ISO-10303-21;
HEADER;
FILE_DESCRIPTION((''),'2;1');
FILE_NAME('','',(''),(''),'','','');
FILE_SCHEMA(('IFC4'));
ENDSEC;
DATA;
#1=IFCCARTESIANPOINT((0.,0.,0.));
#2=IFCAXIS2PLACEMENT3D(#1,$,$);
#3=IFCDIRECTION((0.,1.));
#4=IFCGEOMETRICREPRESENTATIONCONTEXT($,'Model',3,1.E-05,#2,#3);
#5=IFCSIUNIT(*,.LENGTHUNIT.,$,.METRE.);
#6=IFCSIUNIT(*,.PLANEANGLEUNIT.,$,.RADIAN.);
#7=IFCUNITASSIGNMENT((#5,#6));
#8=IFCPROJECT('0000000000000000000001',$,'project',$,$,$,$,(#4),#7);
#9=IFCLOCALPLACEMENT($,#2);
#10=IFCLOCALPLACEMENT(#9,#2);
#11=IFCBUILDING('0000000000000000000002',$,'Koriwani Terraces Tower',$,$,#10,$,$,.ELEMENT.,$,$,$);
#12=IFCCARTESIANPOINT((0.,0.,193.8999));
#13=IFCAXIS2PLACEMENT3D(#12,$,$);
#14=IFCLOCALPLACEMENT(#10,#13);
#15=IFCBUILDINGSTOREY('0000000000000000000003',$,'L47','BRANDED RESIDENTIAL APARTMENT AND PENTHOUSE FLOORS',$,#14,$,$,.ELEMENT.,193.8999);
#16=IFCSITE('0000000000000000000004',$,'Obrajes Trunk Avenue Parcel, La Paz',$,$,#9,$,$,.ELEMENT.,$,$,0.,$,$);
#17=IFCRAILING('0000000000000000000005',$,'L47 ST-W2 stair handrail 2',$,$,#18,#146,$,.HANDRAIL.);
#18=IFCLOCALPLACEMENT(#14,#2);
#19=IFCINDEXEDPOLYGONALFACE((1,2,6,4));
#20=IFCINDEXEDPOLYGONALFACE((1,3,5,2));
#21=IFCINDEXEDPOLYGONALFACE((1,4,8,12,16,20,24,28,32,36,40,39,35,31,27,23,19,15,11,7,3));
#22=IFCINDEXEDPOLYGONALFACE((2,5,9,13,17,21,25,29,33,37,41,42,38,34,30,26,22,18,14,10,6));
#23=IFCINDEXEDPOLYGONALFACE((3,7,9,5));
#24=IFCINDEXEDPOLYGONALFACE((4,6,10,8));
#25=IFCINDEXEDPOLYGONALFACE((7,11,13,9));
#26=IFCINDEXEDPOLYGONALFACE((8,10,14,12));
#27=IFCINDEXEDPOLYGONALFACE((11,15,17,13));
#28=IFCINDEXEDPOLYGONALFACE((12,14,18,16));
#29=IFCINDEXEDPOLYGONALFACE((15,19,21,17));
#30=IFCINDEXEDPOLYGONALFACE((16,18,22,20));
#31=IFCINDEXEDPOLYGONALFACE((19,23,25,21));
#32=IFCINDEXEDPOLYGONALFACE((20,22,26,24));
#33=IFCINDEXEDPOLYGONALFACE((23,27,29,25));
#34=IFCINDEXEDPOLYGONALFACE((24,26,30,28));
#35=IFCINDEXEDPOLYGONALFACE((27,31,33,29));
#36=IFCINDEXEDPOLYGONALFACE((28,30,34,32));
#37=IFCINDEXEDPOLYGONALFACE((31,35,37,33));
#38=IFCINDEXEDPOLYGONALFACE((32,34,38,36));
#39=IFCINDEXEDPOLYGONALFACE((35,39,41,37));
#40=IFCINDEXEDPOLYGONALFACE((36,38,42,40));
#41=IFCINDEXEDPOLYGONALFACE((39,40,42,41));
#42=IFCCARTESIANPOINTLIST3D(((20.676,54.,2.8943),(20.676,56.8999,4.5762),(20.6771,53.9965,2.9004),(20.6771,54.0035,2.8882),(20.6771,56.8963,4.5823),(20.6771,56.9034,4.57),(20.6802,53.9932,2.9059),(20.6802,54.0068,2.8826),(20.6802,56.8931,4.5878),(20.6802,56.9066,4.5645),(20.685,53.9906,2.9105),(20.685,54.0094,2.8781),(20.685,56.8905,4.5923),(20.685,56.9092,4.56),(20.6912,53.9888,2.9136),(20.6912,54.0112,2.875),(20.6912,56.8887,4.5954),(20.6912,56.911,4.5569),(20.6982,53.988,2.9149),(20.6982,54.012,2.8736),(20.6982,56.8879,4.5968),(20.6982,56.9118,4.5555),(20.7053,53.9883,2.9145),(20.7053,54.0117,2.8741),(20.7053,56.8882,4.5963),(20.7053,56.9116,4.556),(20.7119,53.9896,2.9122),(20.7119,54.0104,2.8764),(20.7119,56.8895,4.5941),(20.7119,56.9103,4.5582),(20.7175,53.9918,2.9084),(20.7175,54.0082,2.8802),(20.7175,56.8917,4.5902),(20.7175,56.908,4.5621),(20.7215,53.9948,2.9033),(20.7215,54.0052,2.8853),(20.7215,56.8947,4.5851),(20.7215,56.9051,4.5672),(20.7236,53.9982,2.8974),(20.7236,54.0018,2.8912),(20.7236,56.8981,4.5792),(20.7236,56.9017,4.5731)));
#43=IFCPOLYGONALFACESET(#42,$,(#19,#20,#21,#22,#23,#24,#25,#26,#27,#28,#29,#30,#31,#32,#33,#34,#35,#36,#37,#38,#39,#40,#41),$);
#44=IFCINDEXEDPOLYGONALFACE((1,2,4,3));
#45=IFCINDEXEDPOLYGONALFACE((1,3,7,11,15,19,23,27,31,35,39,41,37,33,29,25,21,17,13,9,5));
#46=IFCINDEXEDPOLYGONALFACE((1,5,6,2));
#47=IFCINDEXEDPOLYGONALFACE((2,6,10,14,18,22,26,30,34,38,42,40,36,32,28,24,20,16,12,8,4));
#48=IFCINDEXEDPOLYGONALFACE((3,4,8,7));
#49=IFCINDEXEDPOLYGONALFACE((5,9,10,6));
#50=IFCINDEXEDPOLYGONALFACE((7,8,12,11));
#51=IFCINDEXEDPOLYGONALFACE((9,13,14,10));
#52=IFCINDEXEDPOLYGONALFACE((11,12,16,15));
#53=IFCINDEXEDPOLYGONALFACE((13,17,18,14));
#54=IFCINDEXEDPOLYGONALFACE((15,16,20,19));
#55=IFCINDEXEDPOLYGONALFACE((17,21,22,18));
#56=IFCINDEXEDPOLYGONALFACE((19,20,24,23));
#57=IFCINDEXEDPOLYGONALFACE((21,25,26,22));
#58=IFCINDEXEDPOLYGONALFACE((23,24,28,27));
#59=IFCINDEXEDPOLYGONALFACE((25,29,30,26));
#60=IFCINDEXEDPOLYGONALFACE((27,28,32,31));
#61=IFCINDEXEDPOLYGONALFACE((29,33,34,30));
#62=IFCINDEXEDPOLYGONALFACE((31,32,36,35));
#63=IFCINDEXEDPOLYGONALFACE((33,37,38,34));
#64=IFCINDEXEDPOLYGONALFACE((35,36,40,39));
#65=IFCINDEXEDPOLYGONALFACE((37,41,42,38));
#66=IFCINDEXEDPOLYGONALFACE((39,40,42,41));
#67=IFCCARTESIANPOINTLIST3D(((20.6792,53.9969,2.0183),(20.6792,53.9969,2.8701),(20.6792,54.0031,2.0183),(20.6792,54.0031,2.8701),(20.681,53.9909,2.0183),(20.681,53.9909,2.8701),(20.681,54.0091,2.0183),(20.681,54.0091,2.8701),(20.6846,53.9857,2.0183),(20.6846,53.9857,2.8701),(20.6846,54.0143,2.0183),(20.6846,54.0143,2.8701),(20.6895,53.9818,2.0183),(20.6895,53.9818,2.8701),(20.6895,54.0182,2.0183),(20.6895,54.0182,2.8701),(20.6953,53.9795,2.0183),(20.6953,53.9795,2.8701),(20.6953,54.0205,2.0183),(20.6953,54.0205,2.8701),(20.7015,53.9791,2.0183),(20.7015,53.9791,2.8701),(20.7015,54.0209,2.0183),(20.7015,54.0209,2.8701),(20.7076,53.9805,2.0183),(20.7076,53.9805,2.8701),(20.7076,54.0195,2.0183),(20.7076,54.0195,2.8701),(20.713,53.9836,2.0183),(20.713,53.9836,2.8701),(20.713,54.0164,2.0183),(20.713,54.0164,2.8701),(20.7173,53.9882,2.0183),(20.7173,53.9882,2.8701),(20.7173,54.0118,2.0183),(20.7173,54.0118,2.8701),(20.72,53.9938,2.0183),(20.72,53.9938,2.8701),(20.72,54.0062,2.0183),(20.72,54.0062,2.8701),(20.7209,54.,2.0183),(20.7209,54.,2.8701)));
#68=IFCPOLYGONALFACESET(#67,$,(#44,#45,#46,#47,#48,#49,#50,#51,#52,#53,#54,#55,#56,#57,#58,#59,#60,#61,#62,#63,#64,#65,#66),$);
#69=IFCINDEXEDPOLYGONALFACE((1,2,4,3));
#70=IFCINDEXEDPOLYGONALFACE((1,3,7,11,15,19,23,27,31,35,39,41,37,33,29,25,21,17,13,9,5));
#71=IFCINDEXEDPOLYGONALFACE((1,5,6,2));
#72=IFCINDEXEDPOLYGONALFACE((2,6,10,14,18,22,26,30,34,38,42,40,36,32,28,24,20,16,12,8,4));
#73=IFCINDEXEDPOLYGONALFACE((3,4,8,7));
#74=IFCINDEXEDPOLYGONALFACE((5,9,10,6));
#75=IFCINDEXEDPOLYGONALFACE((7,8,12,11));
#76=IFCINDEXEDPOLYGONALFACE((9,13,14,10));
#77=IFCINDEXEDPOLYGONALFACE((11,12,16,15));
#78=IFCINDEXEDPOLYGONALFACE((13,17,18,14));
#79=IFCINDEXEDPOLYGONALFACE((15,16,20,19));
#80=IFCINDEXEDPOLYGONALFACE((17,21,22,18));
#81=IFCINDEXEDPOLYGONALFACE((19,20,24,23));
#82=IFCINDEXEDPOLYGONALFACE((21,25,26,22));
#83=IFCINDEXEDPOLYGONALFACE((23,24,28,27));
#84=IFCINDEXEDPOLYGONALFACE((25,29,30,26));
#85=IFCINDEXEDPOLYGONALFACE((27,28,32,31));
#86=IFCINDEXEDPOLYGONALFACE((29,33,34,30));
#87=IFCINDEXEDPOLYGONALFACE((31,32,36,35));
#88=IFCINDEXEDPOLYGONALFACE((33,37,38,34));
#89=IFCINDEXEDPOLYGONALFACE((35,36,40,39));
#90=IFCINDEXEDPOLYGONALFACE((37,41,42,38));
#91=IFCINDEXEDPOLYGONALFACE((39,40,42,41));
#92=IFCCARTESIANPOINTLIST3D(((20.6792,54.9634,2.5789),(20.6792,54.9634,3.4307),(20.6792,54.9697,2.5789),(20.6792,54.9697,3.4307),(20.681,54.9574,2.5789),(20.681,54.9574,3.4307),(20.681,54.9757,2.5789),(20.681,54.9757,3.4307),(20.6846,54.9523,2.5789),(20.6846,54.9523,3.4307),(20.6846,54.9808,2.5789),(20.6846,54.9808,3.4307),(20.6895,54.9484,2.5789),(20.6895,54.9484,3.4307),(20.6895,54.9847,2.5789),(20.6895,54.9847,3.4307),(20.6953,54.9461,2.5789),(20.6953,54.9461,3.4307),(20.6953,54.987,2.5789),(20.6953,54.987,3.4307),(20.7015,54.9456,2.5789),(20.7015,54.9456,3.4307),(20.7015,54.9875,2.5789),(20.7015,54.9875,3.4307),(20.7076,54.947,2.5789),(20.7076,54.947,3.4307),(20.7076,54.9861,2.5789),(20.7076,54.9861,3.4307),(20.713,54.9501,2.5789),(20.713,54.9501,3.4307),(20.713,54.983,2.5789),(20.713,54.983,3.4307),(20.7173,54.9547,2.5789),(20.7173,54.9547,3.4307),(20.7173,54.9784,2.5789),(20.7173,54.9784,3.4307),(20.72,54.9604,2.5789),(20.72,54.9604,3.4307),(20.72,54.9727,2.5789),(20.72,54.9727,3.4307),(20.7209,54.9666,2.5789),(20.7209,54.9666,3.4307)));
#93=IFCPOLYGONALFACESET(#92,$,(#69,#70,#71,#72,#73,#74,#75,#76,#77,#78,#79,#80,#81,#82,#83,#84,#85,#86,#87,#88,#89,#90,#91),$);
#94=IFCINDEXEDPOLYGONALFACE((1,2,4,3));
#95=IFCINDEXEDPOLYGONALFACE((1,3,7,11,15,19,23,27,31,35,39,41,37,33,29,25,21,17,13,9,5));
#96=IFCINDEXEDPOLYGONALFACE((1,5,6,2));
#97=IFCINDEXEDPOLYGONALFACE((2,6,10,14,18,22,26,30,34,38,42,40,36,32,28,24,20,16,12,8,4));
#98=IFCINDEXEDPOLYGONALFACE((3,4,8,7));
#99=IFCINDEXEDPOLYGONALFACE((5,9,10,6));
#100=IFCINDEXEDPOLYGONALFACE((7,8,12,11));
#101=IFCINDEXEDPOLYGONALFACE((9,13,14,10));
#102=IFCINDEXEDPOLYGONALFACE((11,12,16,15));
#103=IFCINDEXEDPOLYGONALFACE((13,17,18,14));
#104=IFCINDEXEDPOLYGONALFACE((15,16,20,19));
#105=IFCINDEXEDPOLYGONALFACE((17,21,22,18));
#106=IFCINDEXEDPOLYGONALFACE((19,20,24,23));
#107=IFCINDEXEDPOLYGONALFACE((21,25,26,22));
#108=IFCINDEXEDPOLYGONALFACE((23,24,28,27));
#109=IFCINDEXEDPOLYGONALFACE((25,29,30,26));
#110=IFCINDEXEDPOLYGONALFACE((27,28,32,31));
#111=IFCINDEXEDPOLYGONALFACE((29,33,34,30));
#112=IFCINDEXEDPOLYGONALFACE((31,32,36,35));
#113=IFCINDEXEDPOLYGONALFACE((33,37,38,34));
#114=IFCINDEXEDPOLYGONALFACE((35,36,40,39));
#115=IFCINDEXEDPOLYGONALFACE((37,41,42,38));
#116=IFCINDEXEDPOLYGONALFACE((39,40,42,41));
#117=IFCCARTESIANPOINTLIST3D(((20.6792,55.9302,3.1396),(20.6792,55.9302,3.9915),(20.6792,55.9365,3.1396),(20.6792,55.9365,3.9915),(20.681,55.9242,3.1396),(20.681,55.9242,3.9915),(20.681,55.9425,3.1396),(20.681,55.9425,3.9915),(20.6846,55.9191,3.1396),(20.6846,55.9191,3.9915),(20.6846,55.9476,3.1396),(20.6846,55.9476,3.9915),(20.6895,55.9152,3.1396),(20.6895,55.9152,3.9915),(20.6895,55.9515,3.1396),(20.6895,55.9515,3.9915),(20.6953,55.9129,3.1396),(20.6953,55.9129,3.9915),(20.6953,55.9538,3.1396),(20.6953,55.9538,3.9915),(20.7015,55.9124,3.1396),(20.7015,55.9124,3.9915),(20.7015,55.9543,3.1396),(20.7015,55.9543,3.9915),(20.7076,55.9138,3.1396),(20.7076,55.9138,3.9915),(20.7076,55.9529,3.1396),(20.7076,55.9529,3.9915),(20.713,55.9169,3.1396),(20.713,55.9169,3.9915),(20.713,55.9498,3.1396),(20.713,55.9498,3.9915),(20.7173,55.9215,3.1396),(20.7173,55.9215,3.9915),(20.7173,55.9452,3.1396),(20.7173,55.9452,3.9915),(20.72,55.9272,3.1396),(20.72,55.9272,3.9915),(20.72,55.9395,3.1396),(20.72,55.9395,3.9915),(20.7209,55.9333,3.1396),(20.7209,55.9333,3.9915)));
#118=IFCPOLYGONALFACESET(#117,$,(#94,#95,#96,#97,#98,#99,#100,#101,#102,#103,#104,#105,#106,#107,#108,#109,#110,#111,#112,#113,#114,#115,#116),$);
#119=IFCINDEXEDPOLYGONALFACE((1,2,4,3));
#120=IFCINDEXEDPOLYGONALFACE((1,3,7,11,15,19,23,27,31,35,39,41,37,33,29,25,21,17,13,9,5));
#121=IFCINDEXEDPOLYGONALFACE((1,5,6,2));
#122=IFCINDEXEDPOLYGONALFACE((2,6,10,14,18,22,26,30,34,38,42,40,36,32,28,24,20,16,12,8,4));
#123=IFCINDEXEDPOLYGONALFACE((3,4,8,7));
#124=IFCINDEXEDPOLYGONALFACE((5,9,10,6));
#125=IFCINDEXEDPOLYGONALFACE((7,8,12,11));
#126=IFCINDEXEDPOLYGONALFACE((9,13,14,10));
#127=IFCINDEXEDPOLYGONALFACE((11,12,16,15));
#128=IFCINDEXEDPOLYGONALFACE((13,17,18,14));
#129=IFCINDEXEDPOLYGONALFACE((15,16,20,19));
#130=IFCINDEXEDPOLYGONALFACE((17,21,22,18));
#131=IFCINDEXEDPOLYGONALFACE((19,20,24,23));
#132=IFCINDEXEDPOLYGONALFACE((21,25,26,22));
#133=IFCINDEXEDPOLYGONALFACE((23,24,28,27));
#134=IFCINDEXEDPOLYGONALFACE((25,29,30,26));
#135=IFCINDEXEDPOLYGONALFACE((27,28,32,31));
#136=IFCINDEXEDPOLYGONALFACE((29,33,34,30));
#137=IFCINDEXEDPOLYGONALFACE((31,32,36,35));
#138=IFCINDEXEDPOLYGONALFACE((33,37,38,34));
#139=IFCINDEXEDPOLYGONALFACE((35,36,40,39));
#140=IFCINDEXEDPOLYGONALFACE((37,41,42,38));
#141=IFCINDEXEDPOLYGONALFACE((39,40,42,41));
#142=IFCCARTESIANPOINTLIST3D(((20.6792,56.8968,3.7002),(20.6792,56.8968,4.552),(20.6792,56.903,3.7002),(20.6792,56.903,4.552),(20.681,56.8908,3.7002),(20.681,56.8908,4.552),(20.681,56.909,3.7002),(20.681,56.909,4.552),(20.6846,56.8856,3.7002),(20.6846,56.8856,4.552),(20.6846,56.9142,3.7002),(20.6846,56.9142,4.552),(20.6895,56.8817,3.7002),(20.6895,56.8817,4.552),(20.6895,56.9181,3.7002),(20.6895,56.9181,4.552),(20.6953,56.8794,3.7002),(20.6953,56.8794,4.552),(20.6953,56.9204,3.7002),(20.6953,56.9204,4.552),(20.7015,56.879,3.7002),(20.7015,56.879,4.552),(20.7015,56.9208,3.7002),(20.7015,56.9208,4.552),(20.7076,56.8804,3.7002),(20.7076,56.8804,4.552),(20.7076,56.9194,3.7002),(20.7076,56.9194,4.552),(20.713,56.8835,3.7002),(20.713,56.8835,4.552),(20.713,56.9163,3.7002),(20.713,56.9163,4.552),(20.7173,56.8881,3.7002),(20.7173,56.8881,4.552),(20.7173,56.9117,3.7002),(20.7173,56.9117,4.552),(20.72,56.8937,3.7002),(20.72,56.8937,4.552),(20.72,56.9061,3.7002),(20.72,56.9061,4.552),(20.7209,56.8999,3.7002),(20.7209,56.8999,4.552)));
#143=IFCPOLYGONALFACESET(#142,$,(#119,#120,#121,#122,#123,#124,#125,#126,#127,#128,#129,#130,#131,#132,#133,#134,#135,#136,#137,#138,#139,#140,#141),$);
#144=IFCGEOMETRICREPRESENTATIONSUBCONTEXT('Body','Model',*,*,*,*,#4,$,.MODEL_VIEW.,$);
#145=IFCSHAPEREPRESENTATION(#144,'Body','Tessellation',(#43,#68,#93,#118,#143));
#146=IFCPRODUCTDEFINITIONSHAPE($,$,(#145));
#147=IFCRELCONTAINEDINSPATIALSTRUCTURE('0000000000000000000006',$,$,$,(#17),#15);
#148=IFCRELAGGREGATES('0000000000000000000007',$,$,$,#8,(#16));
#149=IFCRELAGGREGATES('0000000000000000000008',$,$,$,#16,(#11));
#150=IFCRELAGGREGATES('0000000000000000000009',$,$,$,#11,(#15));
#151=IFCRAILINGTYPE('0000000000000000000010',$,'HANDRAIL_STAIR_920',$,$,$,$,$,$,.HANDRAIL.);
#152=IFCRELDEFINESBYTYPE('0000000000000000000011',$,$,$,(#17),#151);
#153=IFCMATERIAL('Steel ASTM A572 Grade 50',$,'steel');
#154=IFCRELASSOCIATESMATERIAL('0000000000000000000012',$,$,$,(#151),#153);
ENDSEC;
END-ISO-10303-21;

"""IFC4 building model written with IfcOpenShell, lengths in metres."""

from ifc_helpers import new_model, si_unit, direction, frame, origin, origin_2d, place, context, subcontext, project, spatial, circle, extrude, material, type_object, element, save


model = new_model("IFC4")

# Units and contexts
model_context = context("Model", 3, precision=1e-05, world=origin(), true_north=direction((0.0, 1.0)))
body_context = subcontext(model_context, "Body", "Model", "MODEL_VIEW")
ifc_project = project(units=[si_unit("LENGTHUNIT", "METRE"), si_unit("PLANEANGLEUNIT", "RADIAN")], contexts=[model_context])

# Site, building, storey
site_placement = place(None, origin())
site = spatial("IfcSite", under=ifc_project, at=site_placement, Name="Obrajes Trunk Avenue Parcel, La Paz", CompositionType="ELEMENT", RefElevation=0.0)
building_placement = place(site_placement, origin())
building = spatial("IfcBuilding", under=site, at=building_placement, Name="Koriwani Terraces Tower", CompositionType="ELEMENT")
storey_placement = place(building_placement, frame((0.0, 0.0, 193.8999)))
storey = spatial("IfcBuildingStorey", under=building, at=storey_placement, Name="L47", Description="BRANDED RESIDENTIAL APARTMENT AND PENTHOUSE FLOORS", CompositionType="ELEMENT", Elevation=193.8999)

# Shared definitions
ifc_material_1 = material(Name="Steel ASTM A572 Grade 50", Category="steel")

# Railing
railing_type_1 = type_object("IfcRailingType", Name="HANDRAIL_STAIR_920", PredefinedType="HANDRAIL", material=ifc_material_1)
railing_1_placement = place(storey_placement, frame((20.7, 54.0, 2.0183)))
element("IfcRailing", 1, at=railing_1_placement, inside=storey, type_object=railing_type_1, Name="L47 ST-W2 stair handrail 2", PredefinedType="HANDRAIL", context=body_context, shape_type="SweptSolid", body=[
    extrude(circle(Radius=0.0239, at=origin_2d()), frame((0.0, 0.0, 0.876), z_axis=(0.0, 0.865039, 0.501705), x_axis=(-1.0, 0.0, 0.0)), (0.0, 0.0, 1.0), 3.3523),
    extrude(circle(Radius=0.021, at=origin_2d()), origin(), (0.0, 0.0, 1.0), 0.8518),
    extrude(circle(Radius=0.021, at=origin_2d()), frame((0.0, 0.9666, 0.5605)), (0.0, 0.0, 1.0), 0.8518),
    extrude(circle(Radius=0.021, at=origin_2d()), frame((0.0, 1.9333, 1.1213)), (0.0, 0.0, 1.0), 0.8518),
    extrude(circle(Radius=0.021, at=origin_2d()), frame((0.0, 2.8999, 1.6819)), (0.0, 0.0, 1.0), 0.8518),
])

save(model, "model.ifc")
